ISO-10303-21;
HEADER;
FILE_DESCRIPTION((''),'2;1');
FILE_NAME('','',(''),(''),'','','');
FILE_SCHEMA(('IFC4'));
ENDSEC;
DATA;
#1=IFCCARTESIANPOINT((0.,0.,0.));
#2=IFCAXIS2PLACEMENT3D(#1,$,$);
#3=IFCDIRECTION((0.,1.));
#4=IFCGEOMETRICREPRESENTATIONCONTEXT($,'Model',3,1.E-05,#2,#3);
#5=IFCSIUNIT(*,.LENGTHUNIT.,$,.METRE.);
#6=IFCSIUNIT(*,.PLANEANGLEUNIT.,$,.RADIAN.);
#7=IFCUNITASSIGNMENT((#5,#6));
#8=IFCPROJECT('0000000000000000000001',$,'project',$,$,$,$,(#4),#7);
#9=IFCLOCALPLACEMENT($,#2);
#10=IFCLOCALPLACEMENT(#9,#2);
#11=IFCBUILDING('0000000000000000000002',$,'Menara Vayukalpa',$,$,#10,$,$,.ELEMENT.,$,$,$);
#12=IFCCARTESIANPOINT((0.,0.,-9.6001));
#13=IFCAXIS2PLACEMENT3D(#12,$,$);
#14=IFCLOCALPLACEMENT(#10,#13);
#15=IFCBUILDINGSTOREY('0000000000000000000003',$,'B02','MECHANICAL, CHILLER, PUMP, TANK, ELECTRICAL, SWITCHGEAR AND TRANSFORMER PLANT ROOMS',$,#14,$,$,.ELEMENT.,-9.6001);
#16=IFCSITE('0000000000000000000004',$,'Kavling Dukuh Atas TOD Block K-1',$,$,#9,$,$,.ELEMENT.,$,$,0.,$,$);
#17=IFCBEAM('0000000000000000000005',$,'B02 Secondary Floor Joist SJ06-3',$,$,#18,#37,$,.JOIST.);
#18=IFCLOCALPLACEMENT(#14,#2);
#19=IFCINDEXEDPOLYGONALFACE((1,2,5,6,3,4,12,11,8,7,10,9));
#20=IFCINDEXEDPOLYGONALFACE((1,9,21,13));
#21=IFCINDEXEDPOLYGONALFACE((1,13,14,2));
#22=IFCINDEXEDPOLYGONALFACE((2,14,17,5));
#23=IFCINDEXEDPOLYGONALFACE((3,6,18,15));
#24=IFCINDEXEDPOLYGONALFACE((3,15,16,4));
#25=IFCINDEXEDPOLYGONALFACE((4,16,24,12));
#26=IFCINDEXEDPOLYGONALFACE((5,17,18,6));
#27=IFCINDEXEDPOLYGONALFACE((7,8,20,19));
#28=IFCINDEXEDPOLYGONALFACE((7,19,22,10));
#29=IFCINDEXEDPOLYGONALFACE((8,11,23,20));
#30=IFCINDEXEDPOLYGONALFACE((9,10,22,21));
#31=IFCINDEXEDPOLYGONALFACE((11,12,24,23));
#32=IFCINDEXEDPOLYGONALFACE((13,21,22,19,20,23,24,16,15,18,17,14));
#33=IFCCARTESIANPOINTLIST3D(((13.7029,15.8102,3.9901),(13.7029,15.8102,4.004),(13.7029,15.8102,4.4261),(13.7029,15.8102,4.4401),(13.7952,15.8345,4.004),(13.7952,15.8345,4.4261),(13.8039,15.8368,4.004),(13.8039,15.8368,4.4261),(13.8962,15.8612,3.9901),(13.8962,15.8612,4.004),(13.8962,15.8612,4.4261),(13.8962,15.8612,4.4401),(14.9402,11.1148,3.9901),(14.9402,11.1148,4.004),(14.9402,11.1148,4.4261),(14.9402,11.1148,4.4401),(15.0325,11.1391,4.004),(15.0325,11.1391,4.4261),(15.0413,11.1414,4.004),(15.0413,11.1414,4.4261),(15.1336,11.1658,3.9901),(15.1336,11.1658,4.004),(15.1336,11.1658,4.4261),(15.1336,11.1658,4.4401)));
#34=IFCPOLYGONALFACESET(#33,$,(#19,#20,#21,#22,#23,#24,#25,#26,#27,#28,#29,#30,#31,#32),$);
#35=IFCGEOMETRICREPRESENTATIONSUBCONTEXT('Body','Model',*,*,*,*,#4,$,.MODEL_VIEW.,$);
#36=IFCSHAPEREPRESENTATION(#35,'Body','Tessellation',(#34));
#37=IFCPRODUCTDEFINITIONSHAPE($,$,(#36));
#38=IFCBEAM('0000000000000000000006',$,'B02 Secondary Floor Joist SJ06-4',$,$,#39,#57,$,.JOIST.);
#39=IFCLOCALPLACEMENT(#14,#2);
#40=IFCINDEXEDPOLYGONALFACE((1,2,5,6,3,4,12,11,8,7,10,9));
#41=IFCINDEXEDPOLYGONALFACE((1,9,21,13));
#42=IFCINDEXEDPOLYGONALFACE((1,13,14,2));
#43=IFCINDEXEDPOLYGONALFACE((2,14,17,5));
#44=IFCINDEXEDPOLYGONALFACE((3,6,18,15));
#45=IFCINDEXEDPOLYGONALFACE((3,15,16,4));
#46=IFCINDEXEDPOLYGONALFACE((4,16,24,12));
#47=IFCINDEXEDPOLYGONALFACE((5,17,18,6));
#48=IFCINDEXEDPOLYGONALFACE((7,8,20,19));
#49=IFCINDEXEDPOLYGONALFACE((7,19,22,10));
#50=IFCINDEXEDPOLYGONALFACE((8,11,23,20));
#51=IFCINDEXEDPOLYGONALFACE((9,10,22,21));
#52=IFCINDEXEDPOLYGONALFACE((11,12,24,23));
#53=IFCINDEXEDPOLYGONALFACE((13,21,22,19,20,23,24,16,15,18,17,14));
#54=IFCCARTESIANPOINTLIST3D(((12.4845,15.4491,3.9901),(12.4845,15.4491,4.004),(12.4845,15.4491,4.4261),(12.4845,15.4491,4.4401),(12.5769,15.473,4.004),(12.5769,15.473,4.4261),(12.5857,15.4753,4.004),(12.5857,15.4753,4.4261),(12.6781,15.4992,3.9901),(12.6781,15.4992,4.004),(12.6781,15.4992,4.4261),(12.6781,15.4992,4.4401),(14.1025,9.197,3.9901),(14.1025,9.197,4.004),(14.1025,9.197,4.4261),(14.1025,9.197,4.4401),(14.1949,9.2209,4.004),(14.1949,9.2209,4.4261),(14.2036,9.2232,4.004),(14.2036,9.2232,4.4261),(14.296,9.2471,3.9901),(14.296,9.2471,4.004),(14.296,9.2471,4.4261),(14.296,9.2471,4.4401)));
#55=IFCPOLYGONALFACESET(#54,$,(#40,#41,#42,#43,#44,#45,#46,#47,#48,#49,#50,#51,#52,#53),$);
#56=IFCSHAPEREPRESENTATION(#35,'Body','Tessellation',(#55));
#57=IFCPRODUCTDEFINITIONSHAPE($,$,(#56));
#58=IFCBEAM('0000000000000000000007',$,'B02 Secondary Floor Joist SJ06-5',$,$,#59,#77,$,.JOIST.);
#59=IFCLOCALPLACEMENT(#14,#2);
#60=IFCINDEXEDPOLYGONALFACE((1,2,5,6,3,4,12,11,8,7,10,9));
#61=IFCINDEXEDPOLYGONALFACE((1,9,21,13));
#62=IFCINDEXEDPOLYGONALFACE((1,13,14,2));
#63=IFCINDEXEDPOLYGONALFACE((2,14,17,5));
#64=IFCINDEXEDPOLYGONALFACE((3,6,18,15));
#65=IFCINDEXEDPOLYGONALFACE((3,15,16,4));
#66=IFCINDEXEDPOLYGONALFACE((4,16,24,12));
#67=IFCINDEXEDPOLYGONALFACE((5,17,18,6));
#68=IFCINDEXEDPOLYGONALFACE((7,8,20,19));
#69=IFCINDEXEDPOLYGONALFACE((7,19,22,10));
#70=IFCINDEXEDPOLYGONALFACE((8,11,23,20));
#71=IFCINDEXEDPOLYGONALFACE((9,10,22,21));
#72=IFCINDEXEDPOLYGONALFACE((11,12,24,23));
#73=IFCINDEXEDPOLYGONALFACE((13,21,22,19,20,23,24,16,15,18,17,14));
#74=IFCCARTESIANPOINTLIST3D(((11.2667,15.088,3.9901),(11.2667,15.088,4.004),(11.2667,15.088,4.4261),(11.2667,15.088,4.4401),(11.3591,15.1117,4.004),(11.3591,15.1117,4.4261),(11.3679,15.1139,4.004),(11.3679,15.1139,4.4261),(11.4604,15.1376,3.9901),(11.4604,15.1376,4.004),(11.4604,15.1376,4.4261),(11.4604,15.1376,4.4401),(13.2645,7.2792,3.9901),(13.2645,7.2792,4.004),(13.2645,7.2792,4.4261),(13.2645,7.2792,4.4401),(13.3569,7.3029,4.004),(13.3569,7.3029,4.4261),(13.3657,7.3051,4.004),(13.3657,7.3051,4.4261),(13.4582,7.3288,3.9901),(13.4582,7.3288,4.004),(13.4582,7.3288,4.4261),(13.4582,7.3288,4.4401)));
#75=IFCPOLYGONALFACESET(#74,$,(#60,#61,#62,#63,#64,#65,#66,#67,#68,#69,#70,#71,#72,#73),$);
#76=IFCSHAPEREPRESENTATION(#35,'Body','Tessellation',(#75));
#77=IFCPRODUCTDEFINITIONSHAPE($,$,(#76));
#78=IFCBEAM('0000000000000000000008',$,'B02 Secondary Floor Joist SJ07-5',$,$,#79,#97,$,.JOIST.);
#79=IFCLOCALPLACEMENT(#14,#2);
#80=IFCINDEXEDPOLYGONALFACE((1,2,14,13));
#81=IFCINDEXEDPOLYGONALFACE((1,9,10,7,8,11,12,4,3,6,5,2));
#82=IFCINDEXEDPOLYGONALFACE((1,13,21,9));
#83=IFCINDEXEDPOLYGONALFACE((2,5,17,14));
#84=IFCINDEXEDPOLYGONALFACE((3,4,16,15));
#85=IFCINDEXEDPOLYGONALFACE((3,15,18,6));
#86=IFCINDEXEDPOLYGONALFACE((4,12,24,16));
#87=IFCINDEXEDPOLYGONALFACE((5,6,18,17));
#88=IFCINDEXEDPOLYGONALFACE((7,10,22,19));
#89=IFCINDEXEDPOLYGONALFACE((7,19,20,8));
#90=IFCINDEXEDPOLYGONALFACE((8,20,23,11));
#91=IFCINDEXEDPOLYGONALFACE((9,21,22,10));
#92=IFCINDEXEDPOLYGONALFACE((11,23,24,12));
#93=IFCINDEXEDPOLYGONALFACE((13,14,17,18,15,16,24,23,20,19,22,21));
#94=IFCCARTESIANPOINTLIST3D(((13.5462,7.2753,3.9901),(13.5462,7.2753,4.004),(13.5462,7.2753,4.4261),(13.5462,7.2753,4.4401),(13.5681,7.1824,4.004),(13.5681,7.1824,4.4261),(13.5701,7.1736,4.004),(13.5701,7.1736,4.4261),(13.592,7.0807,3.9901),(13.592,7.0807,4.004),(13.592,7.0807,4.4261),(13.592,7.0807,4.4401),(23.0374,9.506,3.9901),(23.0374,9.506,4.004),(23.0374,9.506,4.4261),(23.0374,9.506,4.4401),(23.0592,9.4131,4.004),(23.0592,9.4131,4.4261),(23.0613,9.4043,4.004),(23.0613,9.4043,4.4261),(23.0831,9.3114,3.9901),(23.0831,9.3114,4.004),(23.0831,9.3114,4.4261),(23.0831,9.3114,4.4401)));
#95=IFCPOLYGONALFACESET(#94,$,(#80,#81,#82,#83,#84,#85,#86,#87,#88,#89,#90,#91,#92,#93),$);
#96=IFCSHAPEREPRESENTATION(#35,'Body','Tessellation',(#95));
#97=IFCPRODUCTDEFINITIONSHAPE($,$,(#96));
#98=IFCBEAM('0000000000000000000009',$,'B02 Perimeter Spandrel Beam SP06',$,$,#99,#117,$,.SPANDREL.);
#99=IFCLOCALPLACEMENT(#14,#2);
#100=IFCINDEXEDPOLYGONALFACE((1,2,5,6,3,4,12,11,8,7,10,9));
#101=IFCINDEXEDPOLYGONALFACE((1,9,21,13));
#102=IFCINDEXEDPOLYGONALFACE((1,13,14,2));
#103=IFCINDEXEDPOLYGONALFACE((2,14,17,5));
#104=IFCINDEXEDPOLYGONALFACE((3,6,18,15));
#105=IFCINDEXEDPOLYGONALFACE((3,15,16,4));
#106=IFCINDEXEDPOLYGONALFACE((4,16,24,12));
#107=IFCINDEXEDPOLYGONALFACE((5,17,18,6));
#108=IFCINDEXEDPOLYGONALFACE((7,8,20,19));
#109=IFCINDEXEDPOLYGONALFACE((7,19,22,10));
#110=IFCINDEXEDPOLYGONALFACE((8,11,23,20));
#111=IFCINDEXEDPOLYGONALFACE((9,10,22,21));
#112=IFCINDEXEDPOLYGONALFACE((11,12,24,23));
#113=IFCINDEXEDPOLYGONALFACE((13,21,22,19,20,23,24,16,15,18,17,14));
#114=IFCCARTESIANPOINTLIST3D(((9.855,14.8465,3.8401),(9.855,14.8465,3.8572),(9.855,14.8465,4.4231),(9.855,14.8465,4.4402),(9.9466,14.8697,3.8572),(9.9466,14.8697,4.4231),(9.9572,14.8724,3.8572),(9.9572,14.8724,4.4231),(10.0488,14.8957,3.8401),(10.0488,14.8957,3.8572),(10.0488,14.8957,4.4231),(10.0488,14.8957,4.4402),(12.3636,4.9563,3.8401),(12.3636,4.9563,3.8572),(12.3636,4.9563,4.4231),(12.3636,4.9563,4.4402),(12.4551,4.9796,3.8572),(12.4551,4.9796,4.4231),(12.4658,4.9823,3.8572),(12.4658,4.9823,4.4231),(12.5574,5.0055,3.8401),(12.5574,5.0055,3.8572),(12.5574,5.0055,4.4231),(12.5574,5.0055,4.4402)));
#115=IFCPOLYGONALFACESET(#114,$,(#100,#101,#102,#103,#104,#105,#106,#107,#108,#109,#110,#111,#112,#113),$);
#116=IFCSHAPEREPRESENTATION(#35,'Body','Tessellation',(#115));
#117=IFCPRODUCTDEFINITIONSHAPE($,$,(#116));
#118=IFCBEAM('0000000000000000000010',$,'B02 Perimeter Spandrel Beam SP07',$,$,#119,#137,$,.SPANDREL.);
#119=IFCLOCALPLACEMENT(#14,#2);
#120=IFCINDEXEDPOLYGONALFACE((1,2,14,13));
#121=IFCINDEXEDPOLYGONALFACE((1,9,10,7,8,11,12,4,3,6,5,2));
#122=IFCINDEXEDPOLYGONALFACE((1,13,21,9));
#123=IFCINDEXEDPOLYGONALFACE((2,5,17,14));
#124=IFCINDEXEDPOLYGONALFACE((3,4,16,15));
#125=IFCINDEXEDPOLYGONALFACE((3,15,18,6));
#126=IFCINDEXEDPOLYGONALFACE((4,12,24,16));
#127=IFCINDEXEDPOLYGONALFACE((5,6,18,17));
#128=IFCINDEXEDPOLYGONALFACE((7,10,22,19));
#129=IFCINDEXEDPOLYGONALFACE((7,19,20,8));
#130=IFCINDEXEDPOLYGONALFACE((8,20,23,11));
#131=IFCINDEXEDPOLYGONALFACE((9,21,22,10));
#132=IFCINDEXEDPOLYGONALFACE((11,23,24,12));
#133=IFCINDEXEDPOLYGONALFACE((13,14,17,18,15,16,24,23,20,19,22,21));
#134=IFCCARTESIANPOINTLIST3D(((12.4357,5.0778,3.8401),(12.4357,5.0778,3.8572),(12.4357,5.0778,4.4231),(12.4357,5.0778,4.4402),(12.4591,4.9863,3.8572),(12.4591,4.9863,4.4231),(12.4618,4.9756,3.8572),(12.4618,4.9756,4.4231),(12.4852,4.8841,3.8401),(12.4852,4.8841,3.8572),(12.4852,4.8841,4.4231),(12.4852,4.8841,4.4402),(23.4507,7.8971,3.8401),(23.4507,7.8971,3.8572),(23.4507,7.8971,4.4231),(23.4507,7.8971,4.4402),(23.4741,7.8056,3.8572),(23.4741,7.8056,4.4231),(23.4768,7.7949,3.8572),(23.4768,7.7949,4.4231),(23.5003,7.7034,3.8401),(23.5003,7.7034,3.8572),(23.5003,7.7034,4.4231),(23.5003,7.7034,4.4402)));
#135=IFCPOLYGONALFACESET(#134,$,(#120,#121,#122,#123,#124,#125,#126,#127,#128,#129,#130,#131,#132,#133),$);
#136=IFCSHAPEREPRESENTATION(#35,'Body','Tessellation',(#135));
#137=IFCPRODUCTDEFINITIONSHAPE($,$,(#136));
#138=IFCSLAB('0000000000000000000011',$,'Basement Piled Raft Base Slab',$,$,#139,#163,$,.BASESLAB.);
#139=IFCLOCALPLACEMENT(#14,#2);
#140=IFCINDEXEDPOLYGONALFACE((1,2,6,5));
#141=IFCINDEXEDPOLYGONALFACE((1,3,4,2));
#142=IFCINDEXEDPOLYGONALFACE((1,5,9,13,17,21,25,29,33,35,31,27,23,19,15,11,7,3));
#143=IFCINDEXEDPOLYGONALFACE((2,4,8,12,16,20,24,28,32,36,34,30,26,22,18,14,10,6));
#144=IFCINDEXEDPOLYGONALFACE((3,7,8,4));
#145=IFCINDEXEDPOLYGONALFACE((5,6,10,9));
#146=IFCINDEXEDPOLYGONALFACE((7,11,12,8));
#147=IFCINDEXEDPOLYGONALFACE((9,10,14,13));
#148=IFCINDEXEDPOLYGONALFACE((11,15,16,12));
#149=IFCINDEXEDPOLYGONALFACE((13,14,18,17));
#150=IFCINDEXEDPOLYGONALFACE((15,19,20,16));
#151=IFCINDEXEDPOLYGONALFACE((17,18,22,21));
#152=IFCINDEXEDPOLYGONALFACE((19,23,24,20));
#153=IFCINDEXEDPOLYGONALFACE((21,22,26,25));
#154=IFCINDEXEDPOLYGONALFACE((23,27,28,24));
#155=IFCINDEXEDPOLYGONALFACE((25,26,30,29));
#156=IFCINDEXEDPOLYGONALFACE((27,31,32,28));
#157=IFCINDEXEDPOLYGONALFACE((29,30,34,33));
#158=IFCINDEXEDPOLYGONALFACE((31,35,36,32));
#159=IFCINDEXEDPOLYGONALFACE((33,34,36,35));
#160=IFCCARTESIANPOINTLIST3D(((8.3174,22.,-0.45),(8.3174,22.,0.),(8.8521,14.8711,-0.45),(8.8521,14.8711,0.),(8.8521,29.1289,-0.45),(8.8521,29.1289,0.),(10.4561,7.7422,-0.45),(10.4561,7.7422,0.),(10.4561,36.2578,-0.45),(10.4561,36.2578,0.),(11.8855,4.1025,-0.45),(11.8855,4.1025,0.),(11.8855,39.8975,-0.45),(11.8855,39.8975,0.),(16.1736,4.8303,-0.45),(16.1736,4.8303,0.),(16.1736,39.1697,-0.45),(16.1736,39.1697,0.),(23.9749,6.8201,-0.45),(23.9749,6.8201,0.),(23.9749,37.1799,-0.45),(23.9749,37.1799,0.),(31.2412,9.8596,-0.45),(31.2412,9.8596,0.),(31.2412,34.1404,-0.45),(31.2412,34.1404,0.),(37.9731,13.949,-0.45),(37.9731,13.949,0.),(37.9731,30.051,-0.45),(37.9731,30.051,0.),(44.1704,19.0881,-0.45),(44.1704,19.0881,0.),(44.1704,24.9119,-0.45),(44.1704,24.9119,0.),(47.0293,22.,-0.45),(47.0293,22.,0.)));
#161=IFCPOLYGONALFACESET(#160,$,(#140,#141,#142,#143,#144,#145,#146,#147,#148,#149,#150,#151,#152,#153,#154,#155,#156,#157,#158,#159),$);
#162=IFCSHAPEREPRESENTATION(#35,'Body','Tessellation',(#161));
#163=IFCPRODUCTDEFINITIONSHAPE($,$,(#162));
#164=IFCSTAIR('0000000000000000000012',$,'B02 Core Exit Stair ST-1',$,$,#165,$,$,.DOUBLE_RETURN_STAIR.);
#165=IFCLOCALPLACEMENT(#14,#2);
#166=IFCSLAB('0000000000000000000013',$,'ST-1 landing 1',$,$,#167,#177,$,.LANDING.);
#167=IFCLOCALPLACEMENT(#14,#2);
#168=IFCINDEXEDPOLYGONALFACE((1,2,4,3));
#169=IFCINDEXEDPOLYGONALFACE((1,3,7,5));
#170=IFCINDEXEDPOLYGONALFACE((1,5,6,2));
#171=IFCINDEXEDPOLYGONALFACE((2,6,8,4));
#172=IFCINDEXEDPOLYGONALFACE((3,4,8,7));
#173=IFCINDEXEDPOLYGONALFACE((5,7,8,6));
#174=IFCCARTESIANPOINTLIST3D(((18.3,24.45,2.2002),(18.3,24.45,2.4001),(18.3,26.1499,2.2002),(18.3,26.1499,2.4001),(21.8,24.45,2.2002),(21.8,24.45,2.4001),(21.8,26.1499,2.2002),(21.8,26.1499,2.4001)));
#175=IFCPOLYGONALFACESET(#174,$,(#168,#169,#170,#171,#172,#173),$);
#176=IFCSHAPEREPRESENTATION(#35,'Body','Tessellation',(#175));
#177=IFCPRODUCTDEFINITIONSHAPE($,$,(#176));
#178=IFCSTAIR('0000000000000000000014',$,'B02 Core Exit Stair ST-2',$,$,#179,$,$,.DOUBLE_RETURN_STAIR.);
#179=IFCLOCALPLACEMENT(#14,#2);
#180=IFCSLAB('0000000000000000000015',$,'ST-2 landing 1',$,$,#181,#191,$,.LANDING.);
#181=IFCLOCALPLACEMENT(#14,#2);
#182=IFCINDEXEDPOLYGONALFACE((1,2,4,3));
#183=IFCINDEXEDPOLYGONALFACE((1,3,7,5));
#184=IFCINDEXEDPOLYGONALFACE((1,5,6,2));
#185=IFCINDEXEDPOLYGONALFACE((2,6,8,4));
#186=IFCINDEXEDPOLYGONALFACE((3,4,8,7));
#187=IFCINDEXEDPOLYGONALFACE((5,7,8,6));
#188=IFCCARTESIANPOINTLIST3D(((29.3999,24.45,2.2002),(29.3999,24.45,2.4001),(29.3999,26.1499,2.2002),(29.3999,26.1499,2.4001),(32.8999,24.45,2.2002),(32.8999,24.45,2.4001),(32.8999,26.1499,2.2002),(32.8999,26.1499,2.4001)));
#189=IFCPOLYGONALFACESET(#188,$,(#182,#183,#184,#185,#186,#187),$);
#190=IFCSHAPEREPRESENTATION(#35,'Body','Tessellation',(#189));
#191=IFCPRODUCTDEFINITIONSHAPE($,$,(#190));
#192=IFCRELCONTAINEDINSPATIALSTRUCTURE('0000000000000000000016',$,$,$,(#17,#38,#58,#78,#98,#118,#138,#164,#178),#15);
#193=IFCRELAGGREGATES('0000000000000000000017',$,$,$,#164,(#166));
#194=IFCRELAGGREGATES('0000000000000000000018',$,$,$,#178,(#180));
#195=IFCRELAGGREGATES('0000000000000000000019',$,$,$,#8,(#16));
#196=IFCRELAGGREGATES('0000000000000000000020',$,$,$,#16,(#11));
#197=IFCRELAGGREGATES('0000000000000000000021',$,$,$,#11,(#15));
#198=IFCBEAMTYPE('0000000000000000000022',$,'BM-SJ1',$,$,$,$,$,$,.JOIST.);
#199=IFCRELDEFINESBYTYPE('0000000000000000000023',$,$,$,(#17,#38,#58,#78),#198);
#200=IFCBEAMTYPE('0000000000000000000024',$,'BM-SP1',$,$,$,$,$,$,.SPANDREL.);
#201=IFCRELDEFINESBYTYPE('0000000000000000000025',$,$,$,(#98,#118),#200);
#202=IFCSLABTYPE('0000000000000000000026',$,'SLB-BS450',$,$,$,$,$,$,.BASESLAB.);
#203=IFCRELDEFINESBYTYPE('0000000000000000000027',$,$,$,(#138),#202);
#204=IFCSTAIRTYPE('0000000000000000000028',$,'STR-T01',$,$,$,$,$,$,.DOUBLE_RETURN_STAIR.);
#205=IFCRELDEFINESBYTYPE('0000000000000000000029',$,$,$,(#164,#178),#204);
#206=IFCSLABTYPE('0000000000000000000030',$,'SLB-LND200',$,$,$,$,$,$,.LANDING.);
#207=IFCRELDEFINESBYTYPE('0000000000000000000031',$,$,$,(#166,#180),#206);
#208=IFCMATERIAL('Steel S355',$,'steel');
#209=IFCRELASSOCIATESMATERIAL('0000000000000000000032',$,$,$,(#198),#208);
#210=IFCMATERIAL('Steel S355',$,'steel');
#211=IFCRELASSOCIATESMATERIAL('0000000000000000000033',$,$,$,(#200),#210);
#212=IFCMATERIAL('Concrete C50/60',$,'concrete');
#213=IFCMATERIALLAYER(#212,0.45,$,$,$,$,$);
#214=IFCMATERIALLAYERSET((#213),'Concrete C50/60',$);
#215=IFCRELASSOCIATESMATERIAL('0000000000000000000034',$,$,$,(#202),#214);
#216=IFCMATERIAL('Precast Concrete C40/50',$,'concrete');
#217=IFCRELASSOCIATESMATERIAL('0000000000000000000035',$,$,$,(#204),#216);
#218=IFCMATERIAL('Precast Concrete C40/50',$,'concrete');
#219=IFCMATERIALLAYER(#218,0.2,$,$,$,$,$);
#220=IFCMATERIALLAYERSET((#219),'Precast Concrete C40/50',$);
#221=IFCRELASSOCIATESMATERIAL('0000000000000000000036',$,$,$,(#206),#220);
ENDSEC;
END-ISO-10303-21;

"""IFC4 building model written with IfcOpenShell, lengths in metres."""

from ifc_helpers import new_model, si_unit, direction, frame, origin, origin_2d, place, context, subcontext, project, spatial, polyline, i_section, outline, extrude, material, layer, layer_set, material_profile, profile_set, type_object, element, aggregate, save


model = new_model("IFC4")

# Units and contexts
model_context = context("Model", 3, precision=1e-05, world=origin(), true_north=direction((0.0, 1.0)))
body_context = subcontext(model_context, "Body", "Model", "MODEL_VIEW")
ifc_project = project(units=[si_unit("LENGTHUNIT", "METRE"), si_unit("PLANEANGLEUNIT", "RADIAN")], contexts=[model_context])

# Site, building, storey
site_placement = place(None, origin())
site = spatial("IfcSite", under=ifc_project, at=site_placement, Name="Kavling Dukuh Atas TOD Block K-1", CompositionType="ELEMENT", RefElevation=0.0)
building_placement = place(site_placement, origin())
building = spatial("IfcBuilding", under=site, at=building_placement, Name="Menara Vayukalpa", CompositionType="ELEMENT")
storey_placement = place(building_placement, frame((0.0, 0.0, -9.6001)))
storey = spatial("IfcBuildingStorey", under=building, at=storey_placement, Name="B02", Description="MECHANICAL, CHILLER, PUMP, TANK, ELECTRICAL, SWITCHGEAR AND TRANSFORMER PLANT ROOMS", CompositionType="ELEMENT", Elevation=-9.6001)

# Beams
ifc_material_1 = material(Name="Steel S355", Category="steel")
ifc_material_profile_1 = material_profile(ifc_material_1, i_section(OverallWidth=0.2, OverallDepth=0.45, WebThickness=0.009, FlangeThickness=0.0139, at=origin_2d()), Name="WF 450x200x9x14")
ifc_profile_set_1 = profile_set([ifc_material_profile_1], Name="Steel S355")
beam_type_1 = type_object("IfcBeamType", Name="BM-SJ1", PredefinedType="JOIST", material=ifc_profile_set_1)
beam_1_placement = place(storey_placement, frame((13.7996, 15.8357, 4.2151), z_axis=(0.25482, -0.966989, 0.0), x_axis=(0.966989, 0.25482, 0.0)))
element("IfcBeam", 1, at=beam_1_placement, inside=storey, type_object=beam_type_1, Name="B02 Secondary Floor Joist SJ06-3", PredefinedType="JOIST", context=body_context, shape_type="SweptSolid", body=[
    extrude(i_section(OverallWidth=0.2, OverallDepth=0.45, WebThickness=0.009, FlangeThickness=0.0139, at=origin_2d()), origin(), (0.0, 0.0, 1.0), 4.8557),
])
beam_2_placement = place(storey_placement, frame((12.5813, 15.4741, 4.2151), z_axis=(0.250533, -0.968108, 0.0), x_axis=(0.968108, 0.250533, 0.0)))
element("IfcBeam", 2, at=beam_2_placement, inside=storey, type_object=beam_type_1, Name="B02 Secondary Floor Joist SJ06-4", PredefinedType="JOIST", context=body_context, shape_type="SweptSolid", body=[
    extrude(i_section(OverallWidth=0.2, OverallDepth=0.45, WebThickness=0.009, FlangeThickness=0.0139, at=origin_2d()), origin(), (0.0, 0.0, 1.0), 6.458),
])
beam_3_placement = place(storey_placement, frame((11.3635, 15.1128, 4.2151), z_axis=(0.247856, -0.968797, 0.0), x_axis=(0.968797, 0.247856, 0.0)))
element("IfcBeam", 3, at=beam_3_placement, inside=storey, type_object=beam_type_1, Name="B02 Secondary Floor Joist SJ06-5", PredefinedType="JOIST", context=body_context, shape_type="SweptSolid", body=[
    extrude(i_section(OverallWidth=0.2, OverallDepth=0.45, WebThickness=0.009, FlangeThickness=0.0139, at=origin_2d()), origin(), (0.0, 0.0, 1.0), 8.0603),
])
beam_4_placement = place(storey_placement, frame((13.5691, 7.178, 4.2151), z_axis=(0.973475, 0.228795, 0.0), x_axis=(-0.228795, 0.973475, 0.0)))
element("IfcBeam", 4, at=beam_4_placement, inside=storey, type_object=beam_type_1, Name="B02 Secondary Floor Joist SJ07-5", PredefinedType="JOIST", context=body_context, shape_type="SweptSolid", body=[
    extrude(i_section(OverallWidth=0.2, OverallDepth=0.45, WebThickness=0.009, FlangeThickness=0.0139, at=origin_2d()), origin(), (0.0, 0.0, 1.0), 9.7498),
])
ifc_material_2 = material(Name="Steel S355", Category="steel")
ifc_material_profile_2 = material_profile(ifc_material_2, i_section(OverallWidth=0.2, OverallDepth=0.6001, WebThickness=0.011, FlangeThickness=0.0171, at=origin_2d()), Name="WF 600x200x11x17")
ifc_profile_set_2 = profile_set([ifc_material_profile_2], Name="Steel S355")
beam_type_2 = type_object("IfcBeamType", Name="BM-SP1", PredefinedType="SPANDREL", material=ifc_profile_set_2)
beam_5_placement = place(storey_placement, frame((9.9519, 14.8711, 4.1401), z_axis=(0.245856, -0.969306, 0.0), x_axis=(0.969306, 0.245856, 0.0)))
element("IfcBeam", 5, at=beam_5_placement, inside=storey, type_object=beam_type_2, Name="B02 Perimeter Spandrel Beam SP06", PredefinedType="SPANDREL", context=body_context, shape_type="SweptSolid", body=[
    extrude(i_section(OverallWidth=0.2, OverallDepth=0.6001, WebThickness=0.011, FlangeThickness=0.0171, at=origin_2d()), origin(), (0.0, 0.0, 1.0), 10.2034),
])
beam_6_placement = place(storey_placement, frame((12.4604, 4.981, 4.1401), z_axis=(0.968771, 0.247958, 0.0), x_axis=(-0.247958, 0.968771, 0.0)))
element("IfcBeam", 6, at=beam_6_placement, inside=storey, type_object=beam_type_2, Name="B02 Perimeter Spandrel Beam SP07", PredefinedType="SPANDREL", context=body_context, shape_type="SweptSolid", body=[
    extrude(i_section(OverallWidth=0.2, OverallDepth=0.6001, WebThickness=0.011, FlangeThickness=0.0171, at=origin_2d()), origin(), (0.0, 0.0, 1.0), 11.3701),
])

# Slab
ifc_material_3 = material(Name="Concrete C50/60", Category="concrete")
ifc_layer_1 = layer(ifc_material_3, 0.45)
ifc_layer_set_1 = layer_set([ifc_layer_1], Name="Concrete C50/60")
slab_type_1 = type_object("IfcSlabType", Name="SLB-BS450", PredefinedType="BASESLAB", material=ifc_layer_set_1)
slab_1_placement = place(storey_placement, frame((0.0, 0.0, -0.45)))
element("IfcSlab", 7, at=slab_1_placement, inside=storey, type_object=slab_type_1, Name="Basement Piled Raft Base Slab", PredefinedType="BASESLAB", context=body_context, shape_type="SweptSolid", body=[
    extrude(outline(polyline([(44.1704, 19.0881), (47.0293, 22.0), (44.1704, 24.9119), (37.9731, 30.051), (31.2412, 34.1404), (23.9749, 37.1799), (16.1736, 39.1697), (11.8855, 39.8975), (10.4561, 36.2578), (8.8521, 29.1289), (8.3174, 22.0), (8.8521, 14.8711), (10.4561, 7.7422), (11.8855, 4.1025), (16.1736, 4.8303), (23.9749, 6.8201), (31.2412, 9.8596), (37.9731, 13.949), (44.1704, 19.0881)])), origin(), (0.0, 0.0, 1.0), 0.45),
])

# Stairs, slabs
ifc_material_4 = material(Name="Precast Concrete C40/50", Category="concrete")
stair_type = type_object("IfcStairType", Name="STR-T01", PredefinedType="DOUBLE_RETURN_STAIR", material=ifc_material_4)
stair_1_placement = place(storey_placement, origin())
stair_1 = element("IfcStair", 8, at=stair_1_placement, inside=storey, type_object=stair_type, Name="B02 Core Exit Stair ST-1", PredefinedType="DOUBLE_RETURN_STAIR")
ifc_material_5 = material(Name="Precast Concrete C40/50", Category="concrete")
ifc_layer_2 = layer(ifc_material_5, 0.2)
ifc_layer_set_2 = layer_set([ifc_layer_2], Name="Precast Concrete C40/50")
slab_type_2 = type_object("IfcSlabType", Name="SLB-LND200", PredefinedType="LANDING", material=ifc_layer_set_2)
slab_2_placement = place(storey_placement, frame((0.0, 0.0, 2.2002)))
slab_2 = element("IfcSlab", 9, at=slab_2_placement, type_object=slab_type_2, Name="ST-1 landing 1", PredefinedType="LANDING", context=body_context, shape_type="SweptSolid", body=[
    extrude(outline(polyline([(21.8, 24.45), (21.8, 26.1499), (18.3, 26.1499), (18.3, 24.45), (21.8, 24.45)])), origin(), (0.0, 0.0, 1.0), 0.2),
])
aggregate(stair_1, [slab_2])
stair_2_placement = place(storey_placement, origin())
stair_2 = element("IfcStair", 10, at=stair_2_placement, inside=storey, type_object=stair_type, Name="B02 Core Exit Stair ST-2", PredefinedType="DOUBLE_RETURN_STAIR")
slab_3_placement = place(storey_placement, frame((0.0, 0.0, 2.2002)))
slab_3 = element("IfcSlab", 11, at=slab_3_placement, type_object=slab_type_2, Name="ST-2 landing 1", PredefinedType="LANDING", context=body_context, shape_type="SweptSolid", body=[
    extrude(outline(polyline([(32.8999, 24.45), (32.8999, 26.1499), (29.3999, 26.1499), (29.3999, 24.45), (32.8999, 24.45)])), origin(), (0.0, 0.0, 1.0), 0.2),
])
aggregate(stair_2, [slab_3])

save(model, "model.ifc")
